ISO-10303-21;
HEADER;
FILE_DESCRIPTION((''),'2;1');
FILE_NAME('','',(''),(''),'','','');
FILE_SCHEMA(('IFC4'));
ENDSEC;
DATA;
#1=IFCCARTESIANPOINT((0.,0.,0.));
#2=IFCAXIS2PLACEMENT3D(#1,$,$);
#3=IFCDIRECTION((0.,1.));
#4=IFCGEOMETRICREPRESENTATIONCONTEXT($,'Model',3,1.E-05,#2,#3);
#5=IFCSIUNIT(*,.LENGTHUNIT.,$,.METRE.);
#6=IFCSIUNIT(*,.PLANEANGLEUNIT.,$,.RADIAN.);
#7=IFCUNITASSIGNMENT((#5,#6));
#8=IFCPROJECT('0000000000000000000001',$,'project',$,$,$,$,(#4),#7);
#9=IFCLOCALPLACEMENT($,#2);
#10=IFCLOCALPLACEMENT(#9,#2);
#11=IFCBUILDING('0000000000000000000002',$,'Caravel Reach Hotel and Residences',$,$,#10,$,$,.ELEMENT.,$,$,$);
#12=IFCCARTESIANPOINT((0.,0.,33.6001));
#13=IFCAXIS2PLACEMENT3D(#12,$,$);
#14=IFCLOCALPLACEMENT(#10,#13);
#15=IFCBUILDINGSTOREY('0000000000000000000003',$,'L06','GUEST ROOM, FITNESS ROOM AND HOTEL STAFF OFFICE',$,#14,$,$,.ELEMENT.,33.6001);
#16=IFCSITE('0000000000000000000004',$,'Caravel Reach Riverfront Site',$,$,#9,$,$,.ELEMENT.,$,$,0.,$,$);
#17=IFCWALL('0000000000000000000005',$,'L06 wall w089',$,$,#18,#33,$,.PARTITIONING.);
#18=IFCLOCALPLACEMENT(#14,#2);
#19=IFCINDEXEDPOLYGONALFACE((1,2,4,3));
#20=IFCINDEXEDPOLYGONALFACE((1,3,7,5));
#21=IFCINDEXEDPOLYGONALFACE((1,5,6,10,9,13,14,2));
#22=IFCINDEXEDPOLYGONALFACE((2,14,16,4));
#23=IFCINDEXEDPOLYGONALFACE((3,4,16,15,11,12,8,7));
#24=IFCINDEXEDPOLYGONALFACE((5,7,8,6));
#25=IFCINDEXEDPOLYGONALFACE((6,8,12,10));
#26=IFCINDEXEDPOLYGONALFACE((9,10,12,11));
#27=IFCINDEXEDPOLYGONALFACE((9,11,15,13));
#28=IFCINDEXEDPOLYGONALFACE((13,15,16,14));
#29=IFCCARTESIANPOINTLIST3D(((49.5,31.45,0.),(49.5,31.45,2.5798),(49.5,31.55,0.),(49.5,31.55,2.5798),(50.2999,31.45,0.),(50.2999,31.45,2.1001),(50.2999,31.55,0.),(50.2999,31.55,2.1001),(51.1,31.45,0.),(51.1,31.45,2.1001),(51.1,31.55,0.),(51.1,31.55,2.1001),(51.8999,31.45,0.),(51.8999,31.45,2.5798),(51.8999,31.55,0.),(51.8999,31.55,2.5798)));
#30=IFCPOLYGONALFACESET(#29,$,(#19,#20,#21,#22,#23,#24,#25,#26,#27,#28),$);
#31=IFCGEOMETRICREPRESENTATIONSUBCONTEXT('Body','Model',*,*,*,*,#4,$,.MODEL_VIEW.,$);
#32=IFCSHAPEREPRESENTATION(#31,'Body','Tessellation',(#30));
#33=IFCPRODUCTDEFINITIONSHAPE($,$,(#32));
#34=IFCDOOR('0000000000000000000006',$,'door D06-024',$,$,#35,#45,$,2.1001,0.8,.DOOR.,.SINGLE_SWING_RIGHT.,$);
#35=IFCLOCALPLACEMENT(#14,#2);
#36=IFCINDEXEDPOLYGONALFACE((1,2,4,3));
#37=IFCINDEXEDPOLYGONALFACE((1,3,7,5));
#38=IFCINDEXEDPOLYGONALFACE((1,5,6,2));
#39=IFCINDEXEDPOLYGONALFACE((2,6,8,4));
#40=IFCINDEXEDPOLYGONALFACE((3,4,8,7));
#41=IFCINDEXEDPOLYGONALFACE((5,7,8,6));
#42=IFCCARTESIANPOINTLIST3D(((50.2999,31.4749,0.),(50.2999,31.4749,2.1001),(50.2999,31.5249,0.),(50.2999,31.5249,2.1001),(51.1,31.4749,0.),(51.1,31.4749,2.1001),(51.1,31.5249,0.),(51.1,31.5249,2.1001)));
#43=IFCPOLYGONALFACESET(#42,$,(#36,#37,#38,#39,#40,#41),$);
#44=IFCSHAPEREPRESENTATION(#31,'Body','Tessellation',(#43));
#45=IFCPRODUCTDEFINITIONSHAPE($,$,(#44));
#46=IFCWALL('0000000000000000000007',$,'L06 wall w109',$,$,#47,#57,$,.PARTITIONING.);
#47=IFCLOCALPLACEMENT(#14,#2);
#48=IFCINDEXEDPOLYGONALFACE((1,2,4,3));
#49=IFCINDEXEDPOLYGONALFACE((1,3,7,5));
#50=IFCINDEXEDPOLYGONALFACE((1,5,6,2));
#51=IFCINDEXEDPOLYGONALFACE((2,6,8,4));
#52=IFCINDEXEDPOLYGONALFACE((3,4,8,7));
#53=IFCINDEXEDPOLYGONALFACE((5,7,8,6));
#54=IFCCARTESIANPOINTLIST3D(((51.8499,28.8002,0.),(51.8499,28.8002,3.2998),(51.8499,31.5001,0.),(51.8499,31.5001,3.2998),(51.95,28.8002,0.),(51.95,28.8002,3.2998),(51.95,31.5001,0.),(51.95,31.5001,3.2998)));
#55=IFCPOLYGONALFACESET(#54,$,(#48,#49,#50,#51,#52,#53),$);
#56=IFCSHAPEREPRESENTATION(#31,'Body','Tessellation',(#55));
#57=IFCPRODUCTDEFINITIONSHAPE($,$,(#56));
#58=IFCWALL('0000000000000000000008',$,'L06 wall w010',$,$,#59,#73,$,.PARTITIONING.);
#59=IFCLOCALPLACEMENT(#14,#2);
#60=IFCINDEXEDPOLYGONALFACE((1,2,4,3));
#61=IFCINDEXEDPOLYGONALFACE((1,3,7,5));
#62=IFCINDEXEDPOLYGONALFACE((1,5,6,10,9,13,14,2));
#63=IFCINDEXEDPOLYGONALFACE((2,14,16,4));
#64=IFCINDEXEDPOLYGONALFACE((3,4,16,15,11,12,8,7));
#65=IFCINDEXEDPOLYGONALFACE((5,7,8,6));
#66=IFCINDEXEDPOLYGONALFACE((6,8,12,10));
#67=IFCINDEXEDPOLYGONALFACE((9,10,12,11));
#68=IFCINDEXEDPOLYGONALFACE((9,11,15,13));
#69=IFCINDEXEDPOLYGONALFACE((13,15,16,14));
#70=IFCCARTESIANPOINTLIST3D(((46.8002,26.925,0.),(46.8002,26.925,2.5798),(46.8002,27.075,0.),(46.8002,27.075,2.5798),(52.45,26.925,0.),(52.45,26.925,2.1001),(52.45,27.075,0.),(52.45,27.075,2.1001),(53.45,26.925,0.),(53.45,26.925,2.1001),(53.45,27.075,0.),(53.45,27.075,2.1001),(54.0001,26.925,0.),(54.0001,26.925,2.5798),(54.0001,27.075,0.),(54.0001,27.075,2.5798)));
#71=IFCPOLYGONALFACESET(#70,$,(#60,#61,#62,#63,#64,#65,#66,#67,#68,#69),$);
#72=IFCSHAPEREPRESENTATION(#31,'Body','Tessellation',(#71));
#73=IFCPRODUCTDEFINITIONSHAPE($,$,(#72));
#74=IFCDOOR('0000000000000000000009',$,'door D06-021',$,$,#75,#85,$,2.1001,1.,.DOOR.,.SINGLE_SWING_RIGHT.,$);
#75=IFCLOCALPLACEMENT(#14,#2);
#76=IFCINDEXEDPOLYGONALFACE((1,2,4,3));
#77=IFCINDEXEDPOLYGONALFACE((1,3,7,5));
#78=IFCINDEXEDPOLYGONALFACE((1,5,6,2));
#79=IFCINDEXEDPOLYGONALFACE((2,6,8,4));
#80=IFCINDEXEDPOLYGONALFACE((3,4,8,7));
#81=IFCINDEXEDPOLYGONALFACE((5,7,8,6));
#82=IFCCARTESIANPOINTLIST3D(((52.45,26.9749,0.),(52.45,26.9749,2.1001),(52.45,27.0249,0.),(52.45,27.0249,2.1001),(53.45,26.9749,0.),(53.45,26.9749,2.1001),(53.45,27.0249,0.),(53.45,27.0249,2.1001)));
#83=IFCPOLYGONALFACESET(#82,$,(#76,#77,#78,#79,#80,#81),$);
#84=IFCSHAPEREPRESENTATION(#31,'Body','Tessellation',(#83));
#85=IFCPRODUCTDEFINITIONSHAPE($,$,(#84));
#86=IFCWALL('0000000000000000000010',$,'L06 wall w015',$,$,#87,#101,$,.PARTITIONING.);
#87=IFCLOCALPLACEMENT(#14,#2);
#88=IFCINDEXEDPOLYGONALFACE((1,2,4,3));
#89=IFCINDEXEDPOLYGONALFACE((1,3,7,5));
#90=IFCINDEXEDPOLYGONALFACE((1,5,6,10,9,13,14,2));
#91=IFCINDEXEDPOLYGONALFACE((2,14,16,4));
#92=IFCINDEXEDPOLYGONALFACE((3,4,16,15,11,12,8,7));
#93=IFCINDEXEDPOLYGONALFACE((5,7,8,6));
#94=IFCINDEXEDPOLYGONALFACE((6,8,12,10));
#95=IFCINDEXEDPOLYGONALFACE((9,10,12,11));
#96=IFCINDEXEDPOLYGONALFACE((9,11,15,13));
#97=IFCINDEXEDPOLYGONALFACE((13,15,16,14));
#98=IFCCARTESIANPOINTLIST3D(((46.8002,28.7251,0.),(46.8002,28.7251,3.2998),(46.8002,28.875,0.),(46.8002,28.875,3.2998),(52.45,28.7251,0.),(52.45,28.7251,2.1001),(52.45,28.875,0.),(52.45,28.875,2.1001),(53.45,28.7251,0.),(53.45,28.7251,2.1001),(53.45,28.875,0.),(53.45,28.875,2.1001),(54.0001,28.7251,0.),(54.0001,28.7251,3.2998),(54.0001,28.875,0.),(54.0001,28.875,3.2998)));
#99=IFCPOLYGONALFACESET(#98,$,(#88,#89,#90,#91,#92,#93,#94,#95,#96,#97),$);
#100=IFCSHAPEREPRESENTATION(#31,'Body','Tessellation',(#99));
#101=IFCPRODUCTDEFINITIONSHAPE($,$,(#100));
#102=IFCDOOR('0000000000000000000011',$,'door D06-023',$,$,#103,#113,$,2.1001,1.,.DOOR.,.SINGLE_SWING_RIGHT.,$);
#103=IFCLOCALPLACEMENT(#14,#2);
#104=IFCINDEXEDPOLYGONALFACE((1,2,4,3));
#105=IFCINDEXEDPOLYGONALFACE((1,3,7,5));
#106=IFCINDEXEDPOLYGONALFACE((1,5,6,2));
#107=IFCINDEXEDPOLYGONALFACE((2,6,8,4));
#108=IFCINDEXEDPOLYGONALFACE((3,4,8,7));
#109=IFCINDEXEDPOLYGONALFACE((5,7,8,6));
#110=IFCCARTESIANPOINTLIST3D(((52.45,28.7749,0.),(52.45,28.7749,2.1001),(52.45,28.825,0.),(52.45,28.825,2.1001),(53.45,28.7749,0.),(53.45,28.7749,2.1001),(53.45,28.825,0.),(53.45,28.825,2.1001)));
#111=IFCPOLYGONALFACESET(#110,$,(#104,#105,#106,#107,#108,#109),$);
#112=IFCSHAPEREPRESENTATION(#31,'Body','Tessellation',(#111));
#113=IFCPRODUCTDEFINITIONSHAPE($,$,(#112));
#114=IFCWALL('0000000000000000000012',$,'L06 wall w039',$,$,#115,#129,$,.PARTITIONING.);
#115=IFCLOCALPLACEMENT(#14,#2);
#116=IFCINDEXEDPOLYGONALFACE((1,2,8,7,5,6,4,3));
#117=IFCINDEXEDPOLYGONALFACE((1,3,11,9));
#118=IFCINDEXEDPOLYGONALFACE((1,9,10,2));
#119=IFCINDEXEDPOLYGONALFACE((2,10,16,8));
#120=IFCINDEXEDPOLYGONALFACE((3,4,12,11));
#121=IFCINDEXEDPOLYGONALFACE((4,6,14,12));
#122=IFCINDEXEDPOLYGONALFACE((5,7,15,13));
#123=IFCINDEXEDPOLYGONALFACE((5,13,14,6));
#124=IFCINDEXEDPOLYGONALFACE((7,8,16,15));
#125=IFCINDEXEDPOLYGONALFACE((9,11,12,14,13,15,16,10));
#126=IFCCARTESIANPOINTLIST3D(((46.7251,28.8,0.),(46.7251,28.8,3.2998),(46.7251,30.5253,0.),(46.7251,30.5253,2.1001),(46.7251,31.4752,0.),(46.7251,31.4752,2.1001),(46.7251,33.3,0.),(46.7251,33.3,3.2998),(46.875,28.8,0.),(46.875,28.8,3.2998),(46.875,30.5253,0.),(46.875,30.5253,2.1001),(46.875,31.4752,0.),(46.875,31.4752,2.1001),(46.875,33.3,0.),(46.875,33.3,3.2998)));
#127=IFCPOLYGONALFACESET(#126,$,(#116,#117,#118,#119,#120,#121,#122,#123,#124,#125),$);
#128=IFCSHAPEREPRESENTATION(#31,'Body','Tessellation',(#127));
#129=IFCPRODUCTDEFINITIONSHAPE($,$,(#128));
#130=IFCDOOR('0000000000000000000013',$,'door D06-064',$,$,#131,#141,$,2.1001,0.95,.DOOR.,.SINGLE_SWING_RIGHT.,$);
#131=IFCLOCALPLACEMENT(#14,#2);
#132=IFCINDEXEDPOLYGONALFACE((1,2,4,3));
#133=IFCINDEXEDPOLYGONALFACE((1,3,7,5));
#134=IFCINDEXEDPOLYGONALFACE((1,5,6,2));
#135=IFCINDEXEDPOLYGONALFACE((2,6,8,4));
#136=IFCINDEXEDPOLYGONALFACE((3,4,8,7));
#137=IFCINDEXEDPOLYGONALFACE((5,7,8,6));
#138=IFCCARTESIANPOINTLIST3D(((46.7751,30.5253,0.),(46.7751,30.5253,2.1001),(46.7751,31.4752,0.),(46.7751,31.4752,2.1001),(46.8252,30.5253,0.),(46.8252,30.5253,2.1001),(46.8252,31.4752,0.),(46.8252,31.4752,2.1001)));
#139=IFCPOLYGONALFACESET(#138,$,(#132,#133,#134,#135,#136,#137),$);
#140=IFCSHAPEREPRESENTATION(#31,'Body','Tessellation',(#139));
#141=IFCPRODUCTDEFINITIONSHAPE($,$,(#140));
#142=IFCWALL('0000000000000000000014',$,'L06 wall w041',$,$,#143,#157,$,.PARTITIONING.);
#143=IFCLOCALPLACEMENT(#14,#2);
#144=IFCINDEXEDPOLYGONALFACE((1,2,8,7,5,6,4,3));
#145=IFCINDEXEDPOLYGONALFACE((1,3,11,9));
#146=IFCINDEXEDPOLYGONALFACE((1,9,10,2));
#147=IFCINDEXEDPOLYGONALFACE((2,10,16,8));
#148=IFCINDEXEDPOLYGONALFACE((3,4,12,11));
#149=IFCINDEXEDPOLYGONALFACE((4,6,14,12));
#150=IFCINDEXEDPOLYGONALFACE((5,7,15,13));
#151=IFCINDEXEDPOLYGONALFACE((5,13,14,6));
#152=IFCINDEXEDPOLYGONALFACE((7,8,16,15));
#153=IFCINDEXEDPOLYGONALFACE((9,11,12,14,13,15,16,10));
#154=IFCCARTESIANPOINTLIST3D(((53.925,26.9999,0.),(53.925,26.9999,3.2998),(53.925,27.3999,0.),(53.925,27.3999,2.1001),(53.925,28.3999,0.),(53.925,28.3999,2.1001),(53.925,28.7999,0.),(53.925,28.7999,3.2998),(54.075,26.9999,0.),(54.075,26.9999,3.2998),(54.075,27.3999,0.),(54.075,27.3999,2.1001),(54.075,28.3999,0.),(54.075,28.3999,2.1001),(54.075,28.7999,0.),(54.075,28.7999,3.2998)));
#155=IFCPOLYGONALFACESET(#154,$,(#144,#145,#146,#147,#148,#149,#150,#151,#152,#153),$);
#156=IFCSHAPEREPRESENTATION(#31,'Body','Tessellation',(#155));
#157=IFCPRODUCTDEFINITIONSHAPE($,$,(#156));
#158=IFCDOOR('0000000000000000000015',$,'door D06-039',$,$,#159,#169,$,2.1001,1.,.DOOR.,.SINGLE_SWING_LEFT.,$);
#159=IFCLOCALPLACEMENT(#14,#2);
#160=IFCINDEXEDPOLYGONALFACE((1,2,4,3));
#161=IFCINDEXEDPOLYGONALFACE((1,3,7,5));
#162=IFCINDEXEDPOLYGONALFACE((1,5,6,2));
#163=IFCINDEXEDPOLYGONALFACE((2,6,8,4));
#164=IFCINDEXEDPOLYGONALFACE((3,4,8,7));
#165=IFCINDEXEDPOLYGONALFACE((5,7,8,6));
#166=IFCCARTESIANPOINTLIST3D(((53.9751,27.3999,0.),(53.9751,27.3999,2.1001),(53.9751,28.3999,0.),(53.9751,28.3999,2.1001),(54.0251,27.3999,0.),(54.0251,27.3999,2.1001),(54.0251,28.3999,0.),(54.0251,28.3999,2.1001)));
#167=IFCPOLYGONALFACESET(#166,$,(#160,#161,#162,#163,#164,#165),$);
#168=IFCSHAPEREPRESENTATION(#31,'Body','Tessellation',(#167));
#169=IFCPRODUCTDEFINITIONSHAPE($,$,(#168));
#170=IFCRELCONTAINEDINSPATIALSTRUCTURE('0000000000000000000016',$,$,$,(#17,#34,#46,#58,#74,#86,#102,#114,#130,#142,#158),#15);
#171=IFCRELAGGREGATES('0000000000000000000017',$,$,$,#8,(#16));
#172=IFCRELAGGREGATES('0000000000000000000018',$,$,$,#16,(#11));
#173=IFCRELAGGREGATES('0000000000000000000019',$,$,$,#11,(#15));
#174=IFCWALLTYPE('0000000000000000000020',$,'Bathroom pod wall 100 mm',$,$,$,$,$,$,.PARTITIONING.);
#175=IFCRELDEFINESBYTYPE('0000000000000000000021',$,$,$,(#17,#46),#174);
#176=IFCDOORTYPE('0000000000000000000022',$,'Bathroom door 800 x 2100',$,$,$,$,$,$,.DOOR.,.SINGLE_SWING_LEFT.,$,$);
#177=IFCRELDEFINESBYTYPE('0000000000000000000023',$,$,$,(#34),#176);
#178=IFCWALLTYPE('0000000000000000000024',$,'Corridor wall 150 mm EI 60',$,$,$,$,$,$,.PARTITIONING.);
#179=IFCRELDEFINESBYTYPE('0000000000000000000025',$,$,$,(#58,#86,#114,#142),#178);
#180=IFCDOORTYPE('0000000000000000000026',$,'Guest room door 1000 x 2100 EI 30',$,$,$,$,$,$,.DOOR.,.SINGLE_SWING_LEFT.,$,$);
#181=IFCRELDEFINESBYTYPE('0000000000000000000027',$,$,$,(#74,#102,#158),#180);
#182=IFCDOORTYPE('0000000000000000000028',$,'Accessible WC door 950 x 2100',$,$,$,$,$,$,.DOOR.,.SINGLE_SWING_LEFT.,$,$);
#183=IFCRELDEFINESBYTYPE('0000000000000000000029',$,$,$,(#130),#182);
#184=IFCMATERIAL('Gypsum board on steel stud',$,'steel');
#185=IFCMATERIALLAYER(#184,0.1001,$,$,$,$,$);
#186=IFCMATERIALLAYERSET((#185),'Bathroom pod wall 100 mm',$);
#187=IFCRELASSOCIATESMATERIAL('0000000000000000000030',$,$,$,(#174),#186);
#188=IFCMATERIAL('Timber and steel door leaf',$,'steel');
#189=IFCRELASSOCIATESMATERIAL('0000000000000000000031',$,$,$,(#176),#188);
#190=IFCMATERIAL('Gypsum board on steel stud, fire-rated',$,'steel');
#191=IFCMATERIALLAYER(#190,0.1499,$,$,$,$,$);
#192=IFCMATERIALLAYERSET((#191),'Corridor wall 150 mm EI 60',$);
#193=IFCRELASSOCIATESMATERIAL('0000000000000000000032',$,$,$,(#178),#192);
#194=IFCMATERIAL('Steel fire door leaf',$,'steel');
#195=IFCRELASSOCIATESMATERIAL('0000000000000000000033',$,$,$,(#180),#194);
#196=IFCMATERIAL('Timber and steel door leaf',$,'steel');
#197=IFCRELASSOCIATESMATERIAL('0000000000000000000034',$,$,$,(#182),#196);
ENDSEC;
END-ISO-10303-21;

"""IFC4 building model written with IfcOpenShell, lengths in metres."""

from ifc_helpers import new_model, si_unit, direction, frame, frame_2d, origin, place, context, subcontext, project, spatial, rectangle, extrude, material, layer, layer_set, type_object, element, fill, save


model = new_model("IFC4")

# Units and contexts
model_context = context("Model", 3, precision=1e-05, world=origin(), true_north=direction((0.0, 1.0)))
body_context = subcontext(model_context, "Body", "Model", "MODEL_VIEW")
ifc_project = project(units=[si_unit("LENGTHUNIT", "METRE"), si_unit("PLANEANGLEUNIT", "RADIAN")], contexts=[model_context])

# Site, building, storey
site_placement = place(None, origin())
site = spatial("IfcSite", under=ifc_project, at=site_placement, Name="Caravel Reach Riverfront Site", CompositionType="ELEMENT", RefElevation=0.0)
building_placement = place(site_placement, origin())
building = spatial("IfcBuilding", under=site, at=building_placement, Name="Caravel Reach Hotel and Residences", CompositionType="ELEMENT")
storey_placement = place(building_placement, frame((0.0, 0.0, 33.6001)))
storey = spatial("IfcBuildingStorey", under=building, at=storey_placement, Name="L06", Description="GUEST ROOM, FITNESS ROOM AND HOTEL STAFF OFFICE", CompositionType="ELEMENT", Elevation=33.6001)

# Wall, opening, door
ifc_material_1 = material(Name="Gypsum board on steel stud", Category="steel")
ifc_layer_1 = layer(ifc_material_1, 0.1001)
ifc_layer_set_1 = layer_set([ifc_layer_1], Name="Bathroom pod wall 100 mm")
wall_type_1 = type_object("IfcWallType", Name="Bathroom pod wall 100 mm", PredefinedType="PARTITIONING", material=ifc_layer_set_1)
wall_1_placement = place(storey_placement, frame((49.5, 31.5, 0.0), z_axis=(0.0, 0.0, 1.0), x_axis=(1.0, 0.0, 0.0)))
wall_1 = element("IfcWall", 1, at=wall_1_placement, inside=storey, type_object=wall_type_1, Name="L06 wall w089", PredefinedType="PARTITIONING", context=body_context, shape_type="SweptSolid", body=[
    extrude(rectangle(XDim=2.3999, YDim=0.1001, at=frame_2d((1.2, 0.0))), origin(), (0.0, 0.0, 1.0), 2.5798),
])
opening_1_placement = place(wall_1_placement, frame((0.8, 0.0, 0.0)))
opening_1 = element("IfcOpeningElement", 2, at=opening_1_placement, cuts=wall_1, PredefinedType="OPENING", context=body_context, shape_type="SweptSolid", body=[
    extrude(rectangle(XDim=0.8, YDim=2.1001, at=frame_2d((0.3999, 1.05))), frame((0.0, 0.0601, 0.0), z_axis=(0.0, -1.0, 0.0), x_axis=(1.0, 0.0, 0.0)), (0.0, 0.0, 1.0), 0.1201),
])
ifc_material_2 = material(Name="Timber and steel door leaf", Category="steel")
door_type_1 = type_object("IfcDoorType", Name="Bathroom door 800 x 2100", OperationType="SINGLE_SWING_LEFT", PredefinedType="DOOR", material=ifc_material_2)
door_1_placement = place(opening_1_placement, origin())
door_1 = element("IfcDoor", 3, at=door_1_placement, inside=storey, type_object=door_type_1, Name="door D06-024", OperationType="SINGLE_SWING_RIGHT", OverallHeight=2.1001, OverallWidth=0.8, PredefinedType="DOOR", context=body_context, shape_type="SweptSolid", body=[
    extrude(rectangle(XDim=0.8, YDim=2.1001, at=frame_2d((0.3999, 1.05))), frame((0.0, 0.0249, 0.0), z_axis=(0.0, -1.0, 0.0), x_axis=(1.0, 0.0, 0.0)), (0.0, 0.0, 1.0), 0.05),
])
fill(opening_1, door_1)

# Wall
wall_2_placement = place(storey_placement, frame((51.8999, 28.8, 0.0), z_axis=(0.0, 0.0, 1.0), x_axis=(0.0, 1.0, 0.0)))
element("IfcWall", 4, at=wall_2_placement, inside=storey, type_object=wall_type_1, Name="L06 wall w109", PredefinedType="PARTITIONING", context=body_context, shape_type="SweptSolid", body=[
    extrude(rectangle(XDim=2.7, YDim=0.1001, at=frame_2d((1.3501, 0.0))), origin(), (0.0, 0.0, 1.0), 3.2998),
])

# Walls, openings, doors
ifc_material_3 = material(Name="Gypsum board on steel stud, fire-rated", Category="steel")
ifc_layer_2 = layer(ifc_material_3, 0.1499)
ifc_layer_set_2 = layer_set([ifc_layer_2], Name="Corridor wall 150 mm EI 60")
wall_type_2 = type_object("IfcWallType", Name="Corridor wall 150 mm EI 60", PredefinedType="PARTITIONING", material=ifc_layer_set_2)
wall_3_placement = place(storey_placement, frame((46.8, 27.0, 0.0), z_axis=(0.0, 0.0, 1.0), x_axis=(1.0, 0.0, 0.0)))
wall_3 = element("IfcWall", 5, at=wall_3_placement, inside=storey, type_object=wall_type_2, Name="L06 wall w010", PredefinedType="PARTITIONING", context=body_context, shape_type="SweptSolid", body=[
    extrude(rectangle(XDim=7.2, YDim=0.1499, at=frame_2d((3.6001, 0.0))), origin(), (0.0, 0.0, 1.0), 2.5798),
])
opening_2_placement = place(wall_3_placement, frame((5.6499, 0.0, 0.0)))
opening_2 = element("IfcOpeningElement", 6, at=opening_2_placement, cuts=wall_3, PredefinedType="OPENING", context=body_context, shape_type="SweptSolid", body=[
    extrude(rectangle(XDim=1.0, YDim=2.1001, at=frame_2d((0.5, 1.05))), frame((0.0, 0.085, 0.0), z_axis=(0.0, -1.0, 0.0), x_axis=(1.0, 0.0, 0.0)), (0.0, 0.0, 1.0), 0.1699),
])
ifc_material_4 = material(Name="Steel fire door leaf", Category="steel")
door_type_2 = type_object("IfcDoorType", Name="Guest room door 1000 x 2100 EI 30", OperationType="SINGLE_SWING_LEFT", PredefinedType="DOOR", material=ifc_material_4)
door_2_placement = place(opening_2_placement, origin())
door_2 = element("IfcDoor", 7, at=door_2_placement, inside=storey, type_object=door_type_2, Name="door D06-021", OperationType="SINGLE_SWING_RIGHT", OverallHeight=2.1001, OverallWidth=1.0, PredefinedType="DOOR", context=body_context, shape_type="SweptSolid", body=[
    extrude(rectangle(XDim=1.0, YDim=2.1001, at=frame_2d((0.5, 1.05))), frame((0.0, 0.0249, 0.0), z_axis=(0.0, -1.0, 0.0), x_axis=(1.0, 0.0, 0.0)), (0.0, 0.0, 1.0), 0.05),
])
fill(opening_2, door_2)
wall_4_placement = place(storey_placement, frame((46.8, 28.8, 0.0), z_axis=(0.0, 0.0, 1.0), x_axis=(1.0, 0.0, 0.0)))
wall_4 = element("IfcWall", 8, at=wall_4_placement, inside=storey, type_object=wall_type_2, Name="L06 wall w015", PredefinedType="PARTITIONING", context=body_context, shape_type="SweptSolid", body=[
    extrude(rectangle(XDim=7.2, YDim=0.1499, at=frame_2d((3.6001, 0.0))), origin(), (0.0, 0.0, 1.0), 3.2998),
])
opening_3_placement = place(wall_4_placement, frame((5.6499, 0.0, 0.0)))
opening_3 = element("IfcOpeningElement", 9, at=opening_3_placement, cuts=wall_4, PredefinedType="OPENING", context=body_context, shape_type="SweptSolid", body=[
    extrude(rectangle(XDim=1.0, YDim=2.1001, at=frame_2d((0.5, 1.05))), frame((0.0, 0.085, 0.0), z_axis=(0.0, -1.0, 0.0), x_axis=(1.0, 0.0, 0.0)), (0.0, 0.0, 1.0), 0.1699),
])
door_3_placement = place(opening_3_placement, origin())
door_3 = element("IfcDoor", 10, at=door_3_placement, inside=storey, type_object=door_type_2, Name="door D06-023", OperationType="SINGLE_SWING_RIGHT", OverallHeight=2.1001, OverallWidth=1.0, PredefinedType="DOOR", context=body_context, shape_type="SweptSolid", body=[
    extrude(rectangle(XDim=1.0, YDim=2.1001, at=frame_2d((0.5, 1.05))), frame((0.0, 0.0249, 0.0), z_axis=(0.0, -1.0, 0.0), x_axis=(1.0, 0.0, 0.0)), (0.0, 0.0, 1.0), 0.05),
])
fill(opening_3, door_3)
wall_5_placement = place(storey_placement, frame((46.8, 28.8, 0.0), z_axis=(0.0, 0.0, 1.0), x_axis=(0.0, 1.0, 0.0)))
wall_5 = element("IfcWall", 11, at=wall_5_placement, inside=storey, type_object=wall_type_2, Name="L06 wall w039", PredefinedType="PARTITIONING", context=body_context, shape_type="SweptSolid", body=[
    extrude(rectangle(XDim=4.5, YDim=0.1499, at=frame_2d((2.25, 0.0))), origin(), (0.0, 0.0, 1.0), 3.2998),
])
opening_4_placement = place(wall_5_placement, frame((1.7251, 0.0, 0.0)))
opening_4 = element("IfcOpeningElement", 12, at=opening_4_placement, cuts=wall_5, PredefinedType="OPENING", context=body_context, shape_type="SweptSolid", body=[
    extrude(rectangle(XDim=0.95, YDim=2.1001, at=frame_2d((0.4751, 1.05))), frame((0.0, 0.085, 0.0), z_axis=(0.0, -1.0, 0.0), x_axis=(1.0, 0.0, 0.0)), (0.0, 0.0, 1.0), 0.1699),
])
ifc_material_5 = material(Name="Timber and steel door leaf", Category="steel")
door_type_3 = type_object("IfcDoorType", Name="Accessible WC door 950 x 2100", OperationType="SINGLE_SWING_LEFT", PredefinedType="DOOR", material=ifc_material_5)
door_4_placement = place(opening_4_placement, origin())
door_4 = element("IfcDoor", 13, at=door_4_placement, inside=storey, type_object=door_type_3, Name="door D06-064", OperationType="SINGLE_SWING_RIGHT", OverallHeight=2.1001, OverallWidth=0.95, PredefinedType="DOOR", context=body_context, shape_type="SweptSolid", body=[
    extrude(rectangle(XDim=0.95, YDim=2.1001, at=frame_2d((0.4751, 1.05))), frame((0.0, 0.0249, 0.0), z_axis=(0.0, -1.0, 0.0), x_axis=(1.0, 0.0, 0.0)), (0.0, 0.0, 1.0), 0.05),
])
fill(opening_4, door_4)
wall_6_placement = place(storey_placement, frame((54.0, 27.0, 0.0), z_axis=(0.0, 0.0, 1.0), x_axis=(0.0, 1.0, 0.0)))
wall_6 = element("IfcWall", 14, at=wall_6_placement, inside=storey, type_object=wall_type_2, Name="L06 wall w041", PredefinedType="PARTITIONING", context=body_context, shape_type="SweptSolid", body=[
    extrude(rectangle(XDim=1.8, YDim=0.1499, at=frame_2d((0.8999, 0.0))), origin(), (0.0, 0.0, 1.0), 3.2998),
])
opening_5_placement = place(wall_6_placement, frame((0.3999, 0.0, 0.0)))
opening_5 = element("IfcOpeningElement", 15, at=opening_5_placement, cuts=wall_6, PredefinedType="OPENING", context=body_context, shape_type="SweptSolid", body=[
    extrude(rectangle(XDim=1.0, YDim=2.1001, at=frame_2d((0.5, 1.05))), frame((0.0, 0.085, 0.0), z_axis=(0.0, -1.0, 0.0), x_axis=(1.0, 0.0, 0.0)), (0.0, 0.0, 1.0), 0.1699),
])
door_5_placement = place(opening_5_placement, origin())
door_5 = element("IfcDoor", 16, at=door_5_placement, inside=storey, type_object=door_type_2, Name="door D06-039", OperationType="SINGLE_SWING_LEFT", OverallHeight=2.1001, OverallWidth=1.0, PredefinedType="DOOR", context=body_context, shape_type="SweptSolid", body=[
    extrude(rectangle(XDim=1.0, YDim=2.1001, at=frame_2d((0.5, 1.05))), frame((0.0, 0.0249, 0.0), z_axis=(0.0, -1.0, 0.0), x_axis=(1.0, 0.0, 0.0)), (0.0, 0.0, 1.0), 0.05),
])
fill(opening_5, door_5)

save(model, "model.ifc")
